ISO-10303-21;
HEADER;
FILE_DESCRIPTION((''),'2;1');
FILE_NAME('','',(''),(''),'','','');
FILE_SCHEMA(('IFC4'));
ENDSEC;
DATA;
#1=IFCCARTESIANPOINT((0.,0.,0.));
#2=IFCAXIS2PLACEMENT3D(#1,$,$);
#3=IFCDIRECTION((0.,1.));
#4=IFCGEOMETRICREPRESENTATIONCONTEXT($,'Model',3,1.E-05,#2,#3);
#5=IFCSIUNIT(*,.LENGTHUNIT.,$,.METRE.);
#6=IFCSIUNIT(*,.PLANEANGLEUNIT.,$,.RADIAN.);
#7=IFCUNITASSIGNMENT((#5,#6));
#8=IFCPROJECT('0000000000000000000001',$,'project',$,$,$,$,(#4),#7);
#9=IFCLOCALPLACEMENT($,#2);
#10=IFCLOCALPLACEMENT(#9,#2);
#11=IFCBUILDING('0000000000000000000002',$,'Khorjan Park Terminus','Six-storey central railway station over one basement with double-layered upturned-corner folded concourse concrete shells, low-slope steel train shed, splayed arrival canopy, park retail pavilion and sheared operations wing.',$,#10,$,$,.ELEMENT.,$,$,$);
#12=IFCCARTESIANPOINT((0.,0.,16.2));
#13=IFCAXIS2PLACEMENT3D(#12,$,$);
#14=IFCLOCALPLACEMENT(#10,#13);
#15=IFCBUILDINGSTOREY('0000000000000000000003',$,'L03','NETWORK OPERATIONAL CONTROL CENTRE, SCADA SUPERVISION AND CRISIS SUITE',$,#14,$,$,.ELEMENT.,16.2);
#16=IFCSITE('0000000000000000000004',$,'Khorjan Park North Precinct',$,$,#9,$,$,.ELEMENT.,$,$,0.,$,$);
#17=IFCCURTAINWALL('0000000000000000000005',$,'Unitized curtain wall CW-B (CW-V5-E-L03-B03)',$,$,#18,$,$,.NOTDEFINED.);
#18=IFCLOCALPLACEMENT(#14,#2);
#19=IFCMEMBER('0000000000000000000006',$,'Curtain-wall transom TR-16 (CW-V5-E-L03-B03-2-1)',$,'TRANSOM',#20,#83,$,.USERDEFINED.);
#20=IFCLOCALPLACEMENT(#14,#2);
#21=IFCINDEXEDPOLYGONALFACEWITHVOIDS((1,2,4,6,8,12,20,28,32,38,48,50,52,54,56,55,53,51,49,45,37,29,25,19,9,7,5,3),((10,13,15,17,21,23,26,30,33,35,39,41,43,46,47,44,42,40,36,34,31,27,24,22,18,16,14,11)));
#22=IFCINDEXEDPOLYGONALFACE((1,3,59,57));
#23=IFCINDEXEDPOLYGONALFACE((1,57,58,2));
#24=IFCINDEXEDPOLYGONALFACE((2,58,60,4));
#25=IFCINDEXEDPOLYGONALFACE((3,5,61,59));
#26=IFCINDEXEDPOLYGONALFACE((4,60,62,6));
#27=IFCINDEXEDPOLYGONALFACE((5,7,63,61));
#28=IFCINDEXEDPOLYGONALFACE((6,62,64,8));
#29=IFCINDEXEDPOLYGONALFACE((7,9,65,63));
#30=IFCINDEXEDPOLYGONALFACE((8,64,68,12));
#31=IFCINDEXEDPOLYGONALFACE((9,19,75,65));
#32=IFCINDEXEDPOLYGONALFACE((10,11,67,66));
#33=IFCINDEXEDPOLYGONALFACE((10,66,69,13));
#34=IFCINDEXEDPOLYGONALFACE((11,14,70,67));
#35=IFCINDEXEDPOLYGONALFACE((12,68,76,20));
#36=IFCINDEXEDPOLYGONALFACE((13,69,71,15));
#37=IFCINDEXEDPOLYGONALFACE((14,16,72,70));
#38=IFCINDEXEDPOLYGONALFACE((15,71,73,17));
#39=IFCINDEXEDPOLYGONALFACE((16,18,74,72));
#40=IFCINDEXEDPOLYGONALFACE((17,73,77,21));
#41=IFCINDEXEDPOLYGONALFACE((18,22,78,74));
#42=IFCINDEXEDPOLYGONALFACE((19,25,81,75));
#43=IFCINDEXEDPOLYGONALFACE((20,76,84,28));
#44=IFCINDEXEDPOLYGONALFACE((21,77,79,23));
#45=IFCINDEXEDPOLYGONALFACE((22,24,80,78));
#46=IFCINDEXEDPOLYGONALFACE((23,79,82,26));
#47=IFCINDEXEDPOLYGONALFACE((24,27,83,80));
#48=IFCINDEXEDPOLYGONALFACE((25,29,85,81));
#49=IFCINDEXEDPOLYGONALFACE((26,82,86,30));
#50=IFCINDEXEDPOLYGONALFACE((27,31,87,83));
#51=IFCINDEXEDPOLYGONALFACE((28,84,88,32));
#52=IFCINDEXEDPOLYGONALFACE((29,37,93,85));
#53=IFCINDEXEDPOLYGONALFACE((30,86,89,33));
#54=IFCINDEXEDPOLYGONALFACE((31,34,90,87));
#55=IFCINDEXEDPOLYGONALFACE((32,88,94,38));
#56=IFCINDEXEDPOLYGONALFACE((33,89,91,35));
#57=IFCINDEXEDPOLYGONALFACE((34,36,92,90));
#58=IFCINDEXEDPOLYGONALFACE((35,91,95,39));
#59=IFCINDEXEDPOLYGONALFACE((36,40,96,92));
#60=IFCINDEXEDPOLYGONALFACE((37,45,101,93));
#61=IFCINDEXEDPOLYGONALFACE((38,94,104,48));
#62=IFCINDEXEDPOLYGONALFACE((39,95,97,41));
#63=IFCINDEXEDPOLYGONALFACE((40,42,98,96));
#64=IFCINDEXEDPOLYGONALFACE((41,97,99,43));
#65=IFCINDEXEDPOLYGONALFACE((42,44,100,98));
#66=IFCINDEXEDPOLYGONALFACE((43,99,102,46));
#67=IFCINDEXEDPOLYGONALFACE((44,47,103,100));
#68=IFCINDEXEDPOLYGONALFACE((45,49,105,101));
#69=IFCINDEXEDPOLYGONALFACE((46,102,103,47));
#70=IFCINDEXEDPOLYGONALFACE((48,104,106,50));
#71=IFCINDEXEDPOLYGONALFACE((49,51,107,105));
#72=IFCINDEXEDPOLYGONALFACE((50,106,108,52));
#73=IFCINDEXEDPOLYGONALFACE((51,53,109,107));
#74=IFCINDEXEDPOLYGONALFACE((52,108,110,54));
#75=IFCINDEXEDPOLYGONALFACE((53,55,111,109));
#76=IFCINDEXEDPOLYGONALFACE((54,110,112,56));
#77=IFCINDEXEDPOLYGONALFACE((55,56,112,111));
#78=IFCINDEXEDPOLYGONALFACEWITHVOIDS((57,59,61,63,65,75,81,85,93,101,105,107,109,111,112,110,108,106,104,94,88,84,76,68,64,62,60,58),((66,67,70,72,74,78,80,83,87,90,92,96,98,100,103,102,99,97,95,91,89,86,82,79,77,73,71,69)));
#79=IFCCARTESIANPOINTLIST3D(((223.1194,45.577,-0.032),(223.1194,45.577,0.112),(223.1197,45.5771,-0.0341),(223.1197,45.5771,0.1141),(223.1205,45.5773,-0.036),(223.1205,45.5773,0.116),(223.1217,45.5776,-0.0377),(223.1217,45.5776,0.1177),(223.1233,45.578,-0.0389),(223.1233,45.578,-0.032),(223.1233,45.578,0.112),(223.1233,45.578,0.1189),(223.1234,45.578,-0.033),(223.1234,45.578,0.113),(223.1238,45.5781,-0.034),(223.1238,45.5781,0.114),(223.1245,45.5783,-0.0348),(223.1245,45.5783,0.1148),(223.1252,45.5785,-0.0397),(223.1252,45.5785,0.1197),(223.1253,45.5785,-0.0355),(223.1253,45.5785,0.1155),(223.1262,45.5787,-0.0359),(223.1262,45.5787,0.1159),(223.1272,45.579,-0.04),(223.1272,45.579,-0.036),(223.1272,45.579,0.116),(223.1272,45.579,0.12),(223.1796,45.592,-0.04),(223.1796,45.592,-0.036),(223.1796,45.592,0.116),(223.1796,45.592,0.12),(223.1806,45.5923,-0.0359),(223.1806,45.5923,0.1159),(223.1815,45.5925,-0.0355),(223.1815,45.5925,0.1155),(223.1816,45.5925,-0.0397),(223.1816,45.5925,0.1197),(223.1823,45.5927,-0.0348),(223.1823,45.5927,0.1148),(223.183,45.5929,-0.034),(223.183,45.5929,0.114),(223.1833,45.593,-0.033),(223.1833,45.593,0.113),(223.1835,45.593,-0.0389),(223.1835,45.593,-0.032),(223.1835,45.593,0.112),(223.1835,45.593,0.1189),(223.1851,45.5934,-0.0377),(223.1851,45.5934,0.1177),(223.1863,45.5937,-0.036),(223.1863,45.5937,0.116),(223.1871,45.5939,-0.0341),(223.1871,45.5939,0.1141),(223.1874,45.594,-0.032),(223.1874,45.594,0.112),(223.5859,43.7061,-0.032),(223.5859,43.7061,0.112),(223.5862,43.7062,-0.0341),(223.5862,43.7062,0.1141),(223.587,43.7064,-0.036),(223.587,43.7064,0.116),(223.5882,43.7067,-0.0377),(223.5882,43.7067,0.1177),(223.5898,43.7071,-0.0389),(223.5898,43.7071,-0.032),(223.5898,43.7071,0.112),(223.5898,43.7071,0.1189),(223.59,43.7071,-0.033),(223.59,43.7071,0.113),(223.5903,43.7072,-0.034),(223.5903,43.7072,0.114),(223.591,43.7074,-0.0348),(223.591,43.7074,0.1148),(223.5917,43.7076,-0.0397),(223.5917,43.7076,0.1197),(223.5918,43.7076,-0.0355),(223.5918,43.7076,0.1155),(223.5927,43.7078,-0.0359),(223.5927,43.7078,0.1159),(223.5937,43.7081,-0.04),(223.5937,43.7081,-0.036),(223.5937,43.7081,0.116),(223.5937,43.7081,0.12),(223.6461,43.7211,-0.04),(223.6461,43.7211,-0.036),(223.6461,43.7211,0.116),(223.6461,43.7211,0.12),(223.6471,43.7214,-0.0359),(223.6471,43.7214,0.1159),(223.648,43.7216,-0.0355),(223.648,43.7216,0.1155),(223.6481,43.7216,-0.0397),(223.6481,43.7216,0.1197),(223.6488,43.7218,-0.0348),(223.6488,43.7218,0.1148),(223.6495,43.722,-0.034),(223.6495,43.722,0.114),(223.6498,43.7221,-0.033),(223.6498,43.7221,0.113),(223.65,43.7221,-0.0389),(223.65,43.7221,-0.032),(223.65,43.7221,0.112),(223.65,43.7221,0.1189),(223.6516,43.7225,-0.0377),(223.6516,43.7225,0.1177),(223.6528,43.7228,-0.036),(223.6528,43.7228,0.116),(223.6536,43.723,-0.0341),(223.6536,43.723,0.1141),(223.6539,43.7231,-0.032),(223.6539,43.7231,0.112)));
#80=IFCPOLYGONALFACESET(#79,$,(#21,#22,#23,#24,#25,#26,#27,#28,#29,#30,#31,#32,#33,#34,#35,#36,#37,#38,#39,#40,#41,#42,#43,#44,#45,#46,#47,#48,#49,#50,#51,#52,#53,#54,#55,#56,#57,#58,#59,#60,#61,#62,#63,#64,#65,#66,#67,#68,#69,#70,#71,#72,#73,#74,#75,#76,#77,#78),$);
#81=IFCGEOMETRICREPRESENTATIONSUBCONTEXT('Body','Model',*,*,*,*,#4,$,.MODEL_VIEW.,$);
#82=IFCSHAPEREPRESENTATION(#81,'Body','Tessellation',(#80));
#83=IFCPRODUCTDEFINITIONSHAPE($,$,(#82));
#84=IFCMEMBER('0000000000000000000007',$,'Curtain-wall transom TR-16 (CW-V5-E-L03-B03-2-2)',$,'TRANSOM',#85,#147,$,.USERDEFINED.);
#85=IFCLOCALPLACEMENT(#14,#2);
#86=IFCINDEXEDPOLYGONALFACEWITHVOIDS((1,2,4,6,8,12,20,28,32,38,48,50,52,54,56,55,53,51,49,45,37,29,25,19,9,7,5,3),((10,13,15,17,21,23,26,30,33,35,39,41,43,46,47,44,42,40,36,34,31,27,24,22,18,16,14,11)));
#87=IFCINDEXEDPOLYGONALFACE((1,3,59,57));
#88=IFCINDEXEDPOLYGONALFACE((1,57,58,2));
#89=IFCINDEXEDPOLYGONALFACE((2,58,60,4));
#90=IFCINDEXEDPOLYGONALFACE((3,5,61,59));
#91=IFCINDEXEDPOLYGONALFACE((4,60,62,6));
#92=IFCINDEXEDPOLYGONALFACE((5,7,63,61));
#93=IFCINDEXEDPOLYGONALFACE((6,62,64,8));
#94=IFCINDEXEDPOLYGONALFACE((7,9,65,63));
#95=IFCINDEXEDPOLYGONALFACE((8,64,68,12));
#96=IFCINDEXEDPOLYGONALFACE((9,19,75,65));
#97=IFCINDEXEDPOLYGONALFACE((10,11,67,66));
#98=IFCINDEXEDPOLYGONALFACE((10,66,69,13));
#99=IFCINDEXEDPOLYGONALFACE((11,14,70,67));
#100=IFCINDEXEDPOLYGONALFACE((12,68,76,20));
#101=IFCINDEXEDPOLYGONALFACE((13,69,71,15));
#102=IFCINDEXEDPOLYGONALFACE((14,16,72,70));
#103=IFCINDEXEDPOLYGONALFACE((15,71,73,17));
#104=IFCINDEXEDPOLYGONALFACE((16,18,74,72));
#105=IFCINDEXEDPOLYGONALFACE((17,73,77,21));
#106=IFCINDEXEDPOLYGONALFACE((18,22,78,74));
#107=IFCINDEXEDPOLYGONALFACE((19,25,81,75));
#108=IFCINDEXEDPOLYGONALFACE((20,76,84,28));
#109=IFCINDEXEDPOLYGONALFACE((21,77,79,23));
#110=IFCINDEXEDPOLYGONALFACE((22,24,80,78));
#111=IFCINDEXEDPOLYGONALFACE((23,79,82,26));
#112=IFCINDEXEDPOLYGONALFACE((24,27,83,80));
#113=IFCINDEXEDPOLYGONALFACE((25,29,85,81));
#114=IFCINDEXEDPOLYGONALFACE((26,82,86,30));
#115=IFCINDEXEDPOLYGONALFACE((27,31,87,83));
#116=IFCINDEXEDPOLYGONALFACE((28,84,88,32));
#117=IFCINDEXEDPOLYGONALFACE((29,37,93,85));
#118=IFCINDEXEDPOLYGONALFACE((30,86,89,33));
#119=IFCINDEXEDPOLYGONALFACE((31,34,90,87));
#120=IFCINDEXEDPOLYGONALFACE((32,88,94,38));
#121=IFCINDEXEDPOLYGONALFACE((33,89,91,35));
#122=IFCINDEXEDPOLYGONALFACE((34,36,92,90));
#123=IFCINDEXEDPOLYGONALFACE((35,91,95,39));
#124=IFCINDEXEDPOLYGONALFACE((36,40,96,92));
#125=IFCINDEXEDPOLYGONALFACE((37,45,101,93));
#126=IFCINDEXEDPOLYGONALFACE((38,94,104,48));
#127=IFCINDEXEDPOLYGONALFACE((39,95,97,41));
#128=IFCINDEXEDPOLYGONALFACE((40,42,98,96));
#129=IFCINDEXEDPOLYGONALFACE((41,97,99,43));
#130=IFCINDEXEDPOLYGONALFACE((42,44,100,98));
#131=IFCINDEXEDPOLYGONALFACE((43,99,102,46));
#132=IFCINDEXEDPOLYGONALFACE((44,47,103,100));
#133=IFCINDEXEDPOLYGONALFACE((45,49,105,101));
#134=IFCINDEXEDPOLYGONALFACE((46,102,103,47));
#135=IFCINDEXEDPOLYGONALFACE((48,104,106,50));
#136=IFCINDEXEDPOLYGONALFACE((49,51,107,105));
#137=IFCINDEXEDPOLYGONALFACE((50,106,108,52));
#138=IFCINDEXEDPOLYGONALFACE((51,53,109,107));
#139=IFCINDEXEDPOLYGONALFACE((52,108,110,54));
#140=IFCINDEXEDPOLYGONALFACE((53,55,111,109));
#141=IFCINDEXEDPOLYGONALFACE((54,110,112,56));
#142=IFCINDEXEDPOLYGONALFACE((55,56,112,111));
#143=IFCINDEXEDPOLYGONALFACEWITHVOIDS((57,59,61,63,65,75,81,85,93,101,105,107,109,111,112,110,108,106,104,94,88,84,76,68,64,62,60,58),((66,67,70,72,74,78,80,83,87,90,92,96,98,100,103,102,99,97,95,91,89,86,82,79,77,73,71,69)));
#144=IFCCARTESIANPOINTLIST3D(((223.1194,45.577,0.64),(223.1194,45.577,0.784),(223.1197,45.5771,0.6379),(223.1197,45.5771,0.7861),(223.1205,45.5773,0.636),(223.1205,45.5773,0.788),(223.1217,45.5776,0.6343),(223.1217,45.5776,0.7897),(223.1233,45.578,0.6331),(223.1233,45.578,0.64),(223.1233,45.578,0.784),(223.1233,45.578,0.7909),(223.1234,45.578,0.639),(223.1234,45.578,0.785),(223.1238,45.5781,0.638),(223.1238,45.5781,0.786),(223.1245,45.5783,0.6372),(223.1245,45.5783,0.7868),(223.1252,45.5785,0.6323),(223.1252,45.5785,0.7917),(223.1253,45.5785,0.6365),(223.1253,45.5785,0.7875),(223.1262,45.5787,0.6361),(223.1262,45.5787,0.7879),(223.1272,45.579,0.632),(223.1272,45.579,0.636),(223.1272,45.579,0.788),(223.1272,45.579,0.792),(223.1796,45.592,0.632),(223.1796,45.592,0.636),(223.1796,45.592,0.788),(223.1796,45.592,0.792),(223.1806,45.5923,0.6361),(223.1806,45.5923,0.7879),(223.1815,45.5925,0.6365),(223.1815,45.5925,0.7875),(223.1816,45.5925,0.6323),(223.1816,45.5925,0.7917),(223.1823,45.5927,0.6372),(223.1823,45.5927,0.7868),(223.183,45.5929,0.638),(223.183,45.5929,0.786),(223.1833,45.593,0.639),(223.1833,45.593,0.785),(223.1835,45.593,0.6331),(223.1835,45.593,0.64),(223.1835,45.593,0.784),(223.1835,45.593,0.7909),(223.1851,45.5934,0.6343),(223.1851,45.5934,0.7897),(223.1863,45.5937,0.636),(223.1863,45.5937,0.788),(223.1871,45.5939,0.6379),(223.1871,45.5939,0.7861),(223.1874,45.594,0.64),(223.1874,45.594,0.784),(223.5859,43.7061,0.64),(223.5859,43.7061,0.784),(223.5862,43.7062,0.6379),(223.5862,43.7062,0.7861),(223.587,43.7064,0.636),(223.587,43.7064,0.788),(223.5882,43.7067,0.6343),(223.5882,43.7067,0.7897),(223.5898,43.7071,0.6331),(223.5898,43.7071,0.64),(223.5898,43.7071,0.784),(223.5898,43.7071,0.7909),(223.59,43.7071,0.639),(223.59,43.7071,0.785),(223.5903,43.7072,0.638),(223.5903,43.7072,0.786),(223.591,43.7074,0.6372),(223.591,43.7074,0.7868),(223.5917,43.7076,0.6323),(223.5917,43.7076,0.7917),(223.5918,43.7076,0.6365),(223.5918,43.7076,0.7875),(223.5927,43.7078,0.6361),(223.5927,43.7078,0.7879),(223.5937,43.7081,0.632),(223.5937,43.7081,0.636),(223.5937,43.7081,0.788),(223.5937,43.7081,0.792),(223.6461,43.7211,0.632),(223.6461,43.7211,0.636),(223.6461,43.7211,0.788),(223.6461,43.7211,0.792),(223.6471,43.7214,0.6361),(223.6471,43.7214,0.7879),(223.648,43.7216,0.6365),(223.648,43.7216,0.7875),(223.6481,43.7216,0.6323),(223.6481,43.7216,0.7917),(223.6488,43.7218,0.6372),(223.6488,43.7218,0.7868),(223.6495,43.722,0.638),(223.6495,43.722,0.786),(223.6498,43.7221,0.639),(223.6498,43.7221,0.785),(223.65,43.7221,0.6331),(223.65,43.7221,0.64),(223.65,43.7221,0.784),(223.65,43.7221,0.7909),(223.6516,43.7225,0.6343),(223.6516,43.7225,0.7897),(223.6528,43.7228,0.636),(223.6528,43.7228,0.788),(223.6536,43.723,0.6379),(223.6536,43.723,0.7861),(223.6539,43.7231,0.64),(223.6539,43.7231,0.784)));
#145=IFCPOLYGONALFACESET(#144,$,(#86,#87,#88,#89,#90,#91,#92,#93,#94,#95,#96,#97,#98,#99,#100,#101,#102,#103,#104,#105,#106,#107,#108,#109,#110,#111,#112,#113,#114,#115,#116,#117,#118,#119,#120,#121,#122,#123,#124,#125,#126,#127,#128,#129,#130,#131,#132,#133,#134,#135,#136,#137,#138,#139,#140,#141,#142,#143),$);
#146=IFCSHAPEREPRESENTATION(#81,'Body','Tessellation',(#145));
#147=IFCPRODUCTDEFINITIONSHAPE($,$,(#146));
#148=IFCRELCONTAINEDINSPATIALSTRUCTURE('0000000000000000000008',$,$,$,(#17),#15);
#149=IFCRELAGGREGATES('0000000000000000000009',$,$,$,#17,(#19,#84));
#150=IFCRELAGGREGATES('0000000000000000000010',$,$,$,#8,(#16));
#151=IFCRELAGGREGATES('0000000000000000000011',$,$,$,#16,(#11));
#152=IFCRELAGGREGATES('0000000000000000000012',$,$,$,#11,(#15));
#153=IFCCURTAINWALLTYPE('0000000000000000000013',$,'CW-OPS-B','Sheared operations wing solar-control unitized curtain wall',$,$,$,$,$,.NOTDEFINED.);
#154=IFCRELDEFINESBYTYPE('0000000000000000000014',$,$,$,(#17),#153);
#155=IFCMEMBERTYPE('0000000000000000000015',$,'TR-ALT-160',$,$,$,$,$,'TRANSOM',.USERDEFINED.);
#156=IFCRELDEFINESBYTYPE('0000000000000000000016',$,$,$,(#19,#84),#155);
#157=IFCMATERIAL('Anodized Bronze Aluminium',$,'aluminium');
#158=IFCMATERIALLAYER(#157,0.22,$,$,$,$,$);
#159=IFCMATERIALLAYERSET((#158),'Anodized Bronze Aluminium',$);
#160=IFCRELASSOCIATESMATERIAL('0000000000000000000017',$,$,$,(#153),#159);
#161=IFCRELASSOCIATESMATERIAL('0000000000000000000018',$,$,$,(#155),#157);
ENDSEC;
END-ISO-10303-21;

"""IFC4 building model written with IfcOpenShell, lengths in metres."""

from ifc_helpers import new_model, si_unit, direction, frame, origin, origin_2d, place, context, subcontext, project, spatial, hollow_rectangle, extrude, material, layer, layer_set, material_profile, profile_set, type_object, element, aggregate, save


model = new_model("IFC4")

# Units and contexts
model_context = context("Model", 3, precision=1e-05, world=origin(), true_north=direction((0.0, 1.0)))
body_context = subcontext(model_context, "Body", "Model", "MODEL_VIEW")
ifc_project = project(units=[si_unit("LENGTHUNIT", "METRE"), si_unit("PLANEANGLEUNIT", "RADIAN")], contexts=[model_context])

# Site, building, storey
site_placement = place(None, origin())
site = spatial("IfcSite", under=ifc_project, at=site_placement, Name="Khorjan Park North Precinct", CompositionType="ELEMENT", RefElevation=0.0)
building_placement = place(site_placement, origin())
building = spatial("IfcBuilding", under=site, at=building_placement, Name="Khorjan Park Terminus", Description="Six-storey central railway station over one basement with double-layered upturned-corner folded concourse concrete shells, low-slope steel train shed, splayed arrival canopy, park retail pavilion and sheared operations wing.", CompositionType="ELEMENT")
storey_placement = place(building_placement, frame((0.0, 0.0, 16.2)))
storey = spatial("IfcBuildingStorey", under=building, at=storey_placement, Name="L03", Description="NETWORK OPERATIONAL CONTROL CENTRE, SCADA SUPERVISION AND CRISIS SUITE", CompositionType="ELEMENT", Elevation=16.2)

# Curtain wall, members
ifc_material_1 = material(Name="Anodized Bronze Aluminium", Category="aluminium")
ifc_layer_1 = layer(ifc_material_1, 0.22)
ifc_layer_set_1 = layer_set([ifc_layer_1], Name="Anodized Bronze Aluminium")
curtain_wall_type = type_object("IfcCurtainWallType", Name="CW-OPS-B", Description="Sheared operations wing solar-control unitized curtain wall", PredefinedType="NOTDEFINED", material=ifc_layer_set_1)
curtain_wall_placement = place(storey_placement, origin())
curtain_wall = element("IfcCurtainWall", 1, at=curtain_wall_placement, inside=storey, type_object=curtain_wall_type, Name="Unitized curtain wall CW-B (CW-V5-E-L03-B03)", PredefinedType="NOTDEFINED")
ifc_material_profile_1 = material_profile(ifc_material_1, hollow_rectangle(XDim=0.07, YDim=0.16, WallThickness=0.004, InnerFilletRadius=0.004, OuterFilletRadius=0.008, at=origin_2d()), Name="ALT 70x160x4")
ifc_profile_set_1 = profile_set([ifc_material_profile_1], Name="Anodized Bronze Aluminium")
member_type_1 = type_object("IfcMemberType", Name="TR-ALT-160", ElementType="TRANSOM", PredefinedType="USERDEFINED", material=ifc_profile_set_1)
member_1_placement = place(storey_placement, frame((223.6199, 43.7146, 0.04), z_axis=(-0.241938, 0.970292, 0.0), x_axis=(-0.970292, -0.241938, 0.0)))
member_1 = element("IfcMember", 2, at=member_1_placement, type_object=member_type_1, Name="Curtain-wall transom TR-16 (CW-V5-E-L03-B03-2-1)", ObjectType="TRANSOM", PredefinedType="USERDEFINED", context=body_context, shape_type="SweptSolid", body=[
    extrude(hollow_rectangle(XDim=0.07, YDim=0.16, WallThickness=0.004, InnerFilletRadius=0.004, OuterFilletRadius=0.008, at=origin_2d()), origin(), (0.0, 0.0, 1.0), 1.9282),
])
member_2_placement = place(storey_placement, frame((223.6199, 43.7146, 0.712), z_axis=(-0.241938, 0.970292, 0.0), x_axis=(-0.970292, -0.241938, 0.0)))
member_2 = element("IfcMember", 3, at=member_2_placement, type_object=member_type_1, Name="Curtain-wall transom TR-16 (CW-V5-E-L03-B03-2-2)", ObjectType="TRANSOM", PredefinedType="USERDEFINED", context=body_context, shape_type="SweptSolid", body=[
    extrude(hollow_rectangle(XDim=0.07, YDim=0.16, WallThickness=0.004, InnerFilletRadius=0.004, OuterFilletRadius=0.008, at=origin_2d()), origin(), (0.0, 0.0, 1.0), 1.9282),
])
aggregate(curtain_wall, [member_1, member_2])

save(model, "model.ifc")
